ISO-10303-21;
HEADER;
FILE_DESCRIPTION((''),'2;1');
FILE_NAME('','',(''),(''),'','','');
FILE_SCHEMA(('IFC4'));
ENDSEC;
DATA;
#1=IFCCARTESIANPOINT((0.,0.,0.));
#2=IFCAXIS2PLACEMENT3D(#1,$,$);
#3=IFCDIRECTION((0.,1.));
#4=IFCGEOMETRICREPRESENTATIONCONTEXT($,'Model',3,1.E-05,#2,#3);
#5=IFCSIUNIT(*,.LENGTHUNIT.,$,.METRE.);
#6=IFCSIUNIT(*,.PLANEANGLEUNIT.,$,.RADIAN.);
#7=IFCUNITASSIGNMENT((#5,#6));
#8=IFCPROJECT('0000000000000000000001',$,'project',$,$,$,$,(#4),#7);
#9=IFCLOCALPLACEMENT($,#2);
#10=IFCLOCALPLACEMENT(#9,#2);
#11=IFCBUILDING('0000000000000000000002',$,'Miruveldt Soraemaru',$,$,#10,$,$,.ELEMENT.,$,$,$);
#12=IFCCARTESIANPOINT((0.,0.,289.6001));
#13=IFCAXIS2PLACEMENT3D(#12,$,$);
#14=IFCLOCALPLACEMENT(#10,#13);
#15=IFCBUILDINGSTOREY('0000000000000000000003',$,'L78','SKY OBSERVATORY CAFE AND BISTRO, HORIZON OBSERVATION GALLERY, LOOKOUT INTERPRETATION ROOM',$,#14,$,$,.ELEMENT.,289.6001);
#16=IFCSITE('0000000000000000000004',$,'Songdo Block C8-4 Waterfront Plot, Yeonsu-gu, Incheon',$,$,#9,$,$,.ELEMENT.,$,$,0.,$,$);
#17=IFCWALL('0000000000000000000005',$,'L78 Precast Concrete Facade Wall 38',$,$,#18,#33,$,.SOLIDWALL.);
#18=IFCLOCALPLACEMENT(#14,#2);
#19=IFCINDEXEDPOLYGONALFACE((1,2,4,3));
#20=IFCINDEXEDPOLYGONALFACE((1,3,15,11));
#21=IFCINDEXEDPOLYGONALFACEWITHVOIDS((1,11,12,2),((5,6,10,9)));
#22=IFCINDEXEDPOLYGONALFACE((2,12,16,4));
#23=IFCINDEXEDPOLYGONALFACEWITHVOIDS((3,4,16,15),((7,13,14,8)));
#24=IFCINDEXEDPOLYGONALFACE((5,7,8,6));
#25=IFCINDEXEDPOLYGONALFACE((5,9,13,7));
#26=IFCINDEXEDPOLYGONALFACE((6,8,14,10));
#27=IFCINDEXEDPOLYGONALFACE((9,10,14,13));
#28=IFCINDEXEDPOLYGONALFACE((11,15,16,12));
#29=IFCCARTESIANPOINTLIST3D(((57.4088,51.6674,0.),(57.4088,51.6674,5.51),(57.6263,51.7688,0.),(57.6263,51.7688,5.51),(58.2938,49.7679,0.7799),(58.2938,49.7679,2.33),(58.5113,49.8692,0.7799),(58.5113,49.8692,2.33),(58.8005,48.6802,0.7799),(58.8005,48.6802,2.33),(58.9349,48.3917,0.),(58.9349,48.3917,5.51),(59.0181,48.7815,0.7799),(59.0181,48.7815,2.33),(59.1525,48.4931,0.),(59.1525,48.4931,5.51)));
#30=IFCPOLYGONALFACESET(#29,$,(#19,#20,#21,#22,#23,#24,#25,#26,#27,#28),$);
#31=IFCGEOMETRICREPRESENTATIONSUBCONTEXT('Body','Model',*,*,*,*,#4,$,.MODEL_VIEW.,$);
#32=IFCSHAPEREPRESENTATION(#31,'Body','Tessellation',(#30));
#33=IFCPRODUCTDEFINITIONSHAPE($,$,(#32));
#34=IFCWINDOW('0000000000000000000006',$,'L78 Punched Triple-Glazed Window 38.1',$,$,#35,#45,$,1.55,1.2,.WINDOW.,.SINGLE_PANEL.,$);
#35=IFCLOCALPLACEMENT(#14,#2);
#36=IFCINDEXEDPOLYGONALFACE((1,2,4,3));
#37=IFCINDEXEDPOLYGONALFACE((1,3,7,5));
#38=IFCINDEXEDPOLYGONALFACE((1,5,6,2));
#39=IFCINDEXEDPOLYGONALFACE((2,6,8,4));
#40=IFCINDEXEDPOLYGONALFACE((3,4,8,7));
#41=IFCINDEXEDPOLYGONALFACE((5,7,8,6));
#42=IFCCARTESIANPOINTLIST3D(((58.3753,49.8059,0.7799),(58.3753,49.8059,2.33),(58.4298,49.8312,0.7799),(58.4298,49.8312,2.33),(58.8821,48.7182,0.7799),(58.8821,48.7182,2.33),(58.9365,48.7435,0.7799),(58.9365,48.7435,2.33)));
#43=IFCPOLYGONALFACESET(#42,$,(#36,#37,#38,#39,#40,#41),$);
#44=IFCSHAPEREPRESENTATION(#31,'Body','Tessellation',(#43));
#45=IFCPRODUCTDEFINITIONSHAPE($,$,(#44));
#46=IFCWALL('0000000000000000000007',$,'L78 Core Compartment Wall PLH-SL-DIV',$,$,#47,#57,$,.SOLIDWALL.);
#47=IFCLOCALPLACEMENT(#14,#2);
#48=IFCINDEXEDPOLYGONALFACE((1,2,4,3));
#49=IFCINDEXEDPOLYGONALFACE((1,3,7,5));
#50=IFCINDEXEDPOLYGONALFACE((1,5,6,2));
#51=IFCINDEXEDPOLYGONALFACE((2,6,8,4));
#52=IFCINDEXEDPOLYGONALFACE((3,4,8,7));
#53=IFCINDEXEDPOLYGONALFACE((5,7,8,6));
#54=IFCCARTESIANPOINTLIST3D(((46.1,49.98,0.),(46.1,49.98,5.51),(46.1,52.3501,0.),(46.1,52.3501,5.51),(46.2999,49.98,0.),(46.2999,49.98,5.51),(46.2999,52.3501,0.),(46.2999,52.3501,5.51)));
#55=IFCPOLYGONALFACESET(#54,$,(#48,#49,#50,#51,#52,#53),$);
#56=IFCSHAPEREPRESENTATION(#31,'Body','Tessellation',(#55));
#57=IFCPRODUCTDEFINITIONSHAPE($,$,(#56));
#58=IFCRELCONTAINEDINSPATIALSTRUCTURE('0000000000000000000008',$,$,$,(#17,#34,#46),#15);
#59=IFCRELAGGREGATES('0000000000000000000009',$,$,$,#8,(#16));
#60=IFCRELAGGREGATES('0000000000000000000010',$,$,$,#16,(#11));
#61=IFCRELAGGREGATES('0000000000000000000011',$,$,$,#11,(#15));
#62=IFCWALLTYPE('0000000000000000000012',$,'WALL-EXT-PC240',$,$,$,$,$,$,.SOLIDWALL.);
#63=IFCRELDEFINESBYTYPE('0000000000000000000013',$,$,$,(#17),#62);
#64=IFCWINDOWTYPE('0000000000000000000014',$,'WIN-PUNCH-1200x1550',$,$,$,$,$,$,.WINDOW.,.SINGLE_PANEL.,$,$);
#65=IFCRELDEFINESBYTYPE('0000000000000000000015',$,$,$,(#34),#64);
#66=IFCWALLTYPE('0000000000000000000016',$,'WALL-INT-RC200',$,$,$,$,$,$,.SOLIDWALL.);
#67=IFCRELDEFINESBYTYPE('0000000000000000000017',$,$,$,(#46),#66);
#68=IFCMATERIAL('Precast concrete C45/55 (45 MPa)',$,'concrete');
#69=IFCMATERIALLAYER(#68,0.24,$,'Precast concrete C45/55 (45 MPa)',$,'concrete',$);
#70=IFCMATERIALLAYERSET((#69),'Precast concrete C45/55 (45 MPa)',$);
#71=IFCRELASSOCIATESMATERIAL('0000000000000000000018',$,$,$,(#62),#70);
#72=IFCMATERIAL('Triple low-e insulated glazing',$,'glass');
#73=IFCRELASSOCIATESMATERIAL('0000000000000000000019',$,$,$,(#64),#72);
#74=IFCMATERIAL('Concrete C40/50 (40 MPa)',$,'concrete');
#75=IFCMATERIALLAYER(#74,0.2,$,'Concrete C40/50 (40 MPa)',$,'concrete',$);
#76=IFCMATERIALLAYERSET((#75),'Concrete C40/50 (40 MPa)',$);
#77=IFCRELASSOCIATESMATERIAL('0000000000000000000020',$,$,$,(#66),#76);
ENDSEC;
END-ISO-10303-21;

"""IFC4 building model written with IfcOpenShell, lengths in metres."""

from ifc_helpers import new_model, si_unit, direction, frame, frame_2d, origin, place, context, subcontext, project, spatial, rectangle, extrude, material, layer, layer_set, type_object, element, fill, save


model = new_model("IFC4")

# Units and contexts
model_context = context("Model", 3, precision=1e-05, world=origin(), true_north=direction((0.0, 1.0)))
body_context = subcontext(model_context, "Body", "Model", "MODEL_VIEW")
ifc_project = project(units=[si_unit("LENGTHUNIT", "METRE"), si_unit("PLANEANGLEUNIT", "RADIAN")], contexts=[model_context])

# Site, building, storey
site_placement = place(None, origin())
site = spatial("IfcSite", under=ifc_project, at=site_placement, Name="Songdo Block C8-4 Waterfront Plot, Yeonsu-gu, Incheon", CompositionType="ELEMENT", RefElevation=0.0)
building_placement = place(site_placement, origin())
building = spatial("IfcBuilding", under=site, at=building_placement, Name="Miruveldt Soraemaru", CompositionType="ELEMENT")
storey_placement = place(building_placement, frame((0.0, 0.0, 289.6001)))
storey = spatial("IfcBuildingStorey", under=building, at=storey_placement, Name="L78", Description="SKY OBSERVATORY CAFE AND BISTRO, HORIZON OBSERVATION GALLERY, LOOKOUT INTERPRETATION ROOM", CompositionType="ELEMENT", Elevation=289.6001)

# Shared definitions
ifc_material_1 = material(Name="Triple low-e insulated glazing", Category="glass")

# Shared definitions
ifc_material_2 = material(Name="Precast concrete C45/55 (45 MPa)", Category="concrete")
ifc_layer_1 = layer(ifc_material_2, 0.24, Name="Precast concrete C45/55 (45 MPa)", Category="concrete")
ifc_layer_set_1 = layer_set([ifc_layer_1], Name="Precast concrete C45/55 (45 MPa)")
wall_type_1 = type_object("IfcWallType", Name="WALL-EXT-PC240", PredefinedType="SOLIDWALL", material=ifc_layer_set_1)

# Wall, opening, window
wall_1_placement = place(storey_placement, frame((59.0437, 48.4424, 0.0), z_axis=(0.0, 0.0, 1.0), x_axis=(-0.422316, 0.906449, 0.0)))
wall_1 = element("IfcWall", 1, at=wall_1_placement, inside=storey, type_object=wall_type_1, Name="L78 Precast Concrete Facade Wall 38", PredefinedType="SOLIDWALL", context=body_context, shape_type="SweptSolid", body=[
    extrude(rectangle(XDim=3.6138, YDim=0.24, at=frame_2d((1.8069, 0.0))), origin(), (0.0, 0.0, 1.0), 5.51),
])
opening_1_placement = place(wall_1_placement, frame((0.3181, 0.0, 0.78)))
opening_1 = element("IfcOpeningElement", 2, at=opening_1_placement, cuts=wall_1, PredefinedType="OPENING", context=body_context, shape_type="SweptSolid", body=[
    extrude(rectangle(XDim=1.2, YDim=1.55, at=frame_2d((0.6001, 0.7749))), frame((0.0, 0.1299, 0.0), z_axis=(0.0, -1.0, 0.0), x_axis=(1.0, 0.0, 0.0)), (0.0, 0.0, 1.0), 0.26),
])
window_type = type_object("IfcWindowType", Name="WIN-PUNCH-1200x1550", PartitioningType="SINGLE_PANEL", PredefinedType="WINDOW", material=ifc_material_1)
window_placement = place(opening_1_placement, origin())
window = element("IfcWindow", 3, at=window_placement, inside=storey, type_object=window_type, Name="L78 Punched Triple-Glazed Window 38.1", OverallHeight=1.55, OverallWidth=1.2, PartitioningType="SINGLE_PANEL", PredefinedType="WINDOW", context=body_context, shape_type="SweptSolid", body=[
    extrude(rectangle(XDim=1.2, YDim=1.55, at=frame_2d((0.6001, 0.7749))), frame((0.0, 0.03, 0.0), z_axis=(0.0, -1.0, 0.0), x_axis=(1.0, 0.0, 0.0)), (0.0, 0.0, 1.0), 0.0601),
])
fill(opening_1, window)

# Shared definitions
ifc_material_3 = material(Name="Concrete C40/50 (40 MPa)", Category="concrete")
ifc_layer_2 = layer(ifc_material_3, 0.2, Name="Concrete C40/50 (40 MPa)", Category="concrete")
ifc_layer_set_2 = layer_set([ifc_layer_2], Name="Concrete C40/50 (40 MPa)")
wall_type_2 = type_object("IfcWallType", Name="WALL-INT-RC200", PredefinedType="SOLIDWALL", material=ifc_layer_set_2)

# Wall
wall_2_placement = place(storey_placement, frame((46.2, 49.98, 0.0), z_axis=(0.0, 0.0, 1.0), x_axis=(0.0, 1.0, 0.0)))
element("IfcWall", 4, at=wall_2_placement, inside=storey, type_object=wall_type_2, Name="L78 Core Compartment Wall PLH-SL-DIV", PredefinedType="SOLIDWALL", context=body_context, shape_type="SweptSolid", body=[
    extrude(rectangle(XDim=2.3701, YDim=0.2, at=frame_2d((1.1851, 0.0))), origin(), (0.0, 0.0, 1.0), 5.51),
])

save(model, "model.ifc")
